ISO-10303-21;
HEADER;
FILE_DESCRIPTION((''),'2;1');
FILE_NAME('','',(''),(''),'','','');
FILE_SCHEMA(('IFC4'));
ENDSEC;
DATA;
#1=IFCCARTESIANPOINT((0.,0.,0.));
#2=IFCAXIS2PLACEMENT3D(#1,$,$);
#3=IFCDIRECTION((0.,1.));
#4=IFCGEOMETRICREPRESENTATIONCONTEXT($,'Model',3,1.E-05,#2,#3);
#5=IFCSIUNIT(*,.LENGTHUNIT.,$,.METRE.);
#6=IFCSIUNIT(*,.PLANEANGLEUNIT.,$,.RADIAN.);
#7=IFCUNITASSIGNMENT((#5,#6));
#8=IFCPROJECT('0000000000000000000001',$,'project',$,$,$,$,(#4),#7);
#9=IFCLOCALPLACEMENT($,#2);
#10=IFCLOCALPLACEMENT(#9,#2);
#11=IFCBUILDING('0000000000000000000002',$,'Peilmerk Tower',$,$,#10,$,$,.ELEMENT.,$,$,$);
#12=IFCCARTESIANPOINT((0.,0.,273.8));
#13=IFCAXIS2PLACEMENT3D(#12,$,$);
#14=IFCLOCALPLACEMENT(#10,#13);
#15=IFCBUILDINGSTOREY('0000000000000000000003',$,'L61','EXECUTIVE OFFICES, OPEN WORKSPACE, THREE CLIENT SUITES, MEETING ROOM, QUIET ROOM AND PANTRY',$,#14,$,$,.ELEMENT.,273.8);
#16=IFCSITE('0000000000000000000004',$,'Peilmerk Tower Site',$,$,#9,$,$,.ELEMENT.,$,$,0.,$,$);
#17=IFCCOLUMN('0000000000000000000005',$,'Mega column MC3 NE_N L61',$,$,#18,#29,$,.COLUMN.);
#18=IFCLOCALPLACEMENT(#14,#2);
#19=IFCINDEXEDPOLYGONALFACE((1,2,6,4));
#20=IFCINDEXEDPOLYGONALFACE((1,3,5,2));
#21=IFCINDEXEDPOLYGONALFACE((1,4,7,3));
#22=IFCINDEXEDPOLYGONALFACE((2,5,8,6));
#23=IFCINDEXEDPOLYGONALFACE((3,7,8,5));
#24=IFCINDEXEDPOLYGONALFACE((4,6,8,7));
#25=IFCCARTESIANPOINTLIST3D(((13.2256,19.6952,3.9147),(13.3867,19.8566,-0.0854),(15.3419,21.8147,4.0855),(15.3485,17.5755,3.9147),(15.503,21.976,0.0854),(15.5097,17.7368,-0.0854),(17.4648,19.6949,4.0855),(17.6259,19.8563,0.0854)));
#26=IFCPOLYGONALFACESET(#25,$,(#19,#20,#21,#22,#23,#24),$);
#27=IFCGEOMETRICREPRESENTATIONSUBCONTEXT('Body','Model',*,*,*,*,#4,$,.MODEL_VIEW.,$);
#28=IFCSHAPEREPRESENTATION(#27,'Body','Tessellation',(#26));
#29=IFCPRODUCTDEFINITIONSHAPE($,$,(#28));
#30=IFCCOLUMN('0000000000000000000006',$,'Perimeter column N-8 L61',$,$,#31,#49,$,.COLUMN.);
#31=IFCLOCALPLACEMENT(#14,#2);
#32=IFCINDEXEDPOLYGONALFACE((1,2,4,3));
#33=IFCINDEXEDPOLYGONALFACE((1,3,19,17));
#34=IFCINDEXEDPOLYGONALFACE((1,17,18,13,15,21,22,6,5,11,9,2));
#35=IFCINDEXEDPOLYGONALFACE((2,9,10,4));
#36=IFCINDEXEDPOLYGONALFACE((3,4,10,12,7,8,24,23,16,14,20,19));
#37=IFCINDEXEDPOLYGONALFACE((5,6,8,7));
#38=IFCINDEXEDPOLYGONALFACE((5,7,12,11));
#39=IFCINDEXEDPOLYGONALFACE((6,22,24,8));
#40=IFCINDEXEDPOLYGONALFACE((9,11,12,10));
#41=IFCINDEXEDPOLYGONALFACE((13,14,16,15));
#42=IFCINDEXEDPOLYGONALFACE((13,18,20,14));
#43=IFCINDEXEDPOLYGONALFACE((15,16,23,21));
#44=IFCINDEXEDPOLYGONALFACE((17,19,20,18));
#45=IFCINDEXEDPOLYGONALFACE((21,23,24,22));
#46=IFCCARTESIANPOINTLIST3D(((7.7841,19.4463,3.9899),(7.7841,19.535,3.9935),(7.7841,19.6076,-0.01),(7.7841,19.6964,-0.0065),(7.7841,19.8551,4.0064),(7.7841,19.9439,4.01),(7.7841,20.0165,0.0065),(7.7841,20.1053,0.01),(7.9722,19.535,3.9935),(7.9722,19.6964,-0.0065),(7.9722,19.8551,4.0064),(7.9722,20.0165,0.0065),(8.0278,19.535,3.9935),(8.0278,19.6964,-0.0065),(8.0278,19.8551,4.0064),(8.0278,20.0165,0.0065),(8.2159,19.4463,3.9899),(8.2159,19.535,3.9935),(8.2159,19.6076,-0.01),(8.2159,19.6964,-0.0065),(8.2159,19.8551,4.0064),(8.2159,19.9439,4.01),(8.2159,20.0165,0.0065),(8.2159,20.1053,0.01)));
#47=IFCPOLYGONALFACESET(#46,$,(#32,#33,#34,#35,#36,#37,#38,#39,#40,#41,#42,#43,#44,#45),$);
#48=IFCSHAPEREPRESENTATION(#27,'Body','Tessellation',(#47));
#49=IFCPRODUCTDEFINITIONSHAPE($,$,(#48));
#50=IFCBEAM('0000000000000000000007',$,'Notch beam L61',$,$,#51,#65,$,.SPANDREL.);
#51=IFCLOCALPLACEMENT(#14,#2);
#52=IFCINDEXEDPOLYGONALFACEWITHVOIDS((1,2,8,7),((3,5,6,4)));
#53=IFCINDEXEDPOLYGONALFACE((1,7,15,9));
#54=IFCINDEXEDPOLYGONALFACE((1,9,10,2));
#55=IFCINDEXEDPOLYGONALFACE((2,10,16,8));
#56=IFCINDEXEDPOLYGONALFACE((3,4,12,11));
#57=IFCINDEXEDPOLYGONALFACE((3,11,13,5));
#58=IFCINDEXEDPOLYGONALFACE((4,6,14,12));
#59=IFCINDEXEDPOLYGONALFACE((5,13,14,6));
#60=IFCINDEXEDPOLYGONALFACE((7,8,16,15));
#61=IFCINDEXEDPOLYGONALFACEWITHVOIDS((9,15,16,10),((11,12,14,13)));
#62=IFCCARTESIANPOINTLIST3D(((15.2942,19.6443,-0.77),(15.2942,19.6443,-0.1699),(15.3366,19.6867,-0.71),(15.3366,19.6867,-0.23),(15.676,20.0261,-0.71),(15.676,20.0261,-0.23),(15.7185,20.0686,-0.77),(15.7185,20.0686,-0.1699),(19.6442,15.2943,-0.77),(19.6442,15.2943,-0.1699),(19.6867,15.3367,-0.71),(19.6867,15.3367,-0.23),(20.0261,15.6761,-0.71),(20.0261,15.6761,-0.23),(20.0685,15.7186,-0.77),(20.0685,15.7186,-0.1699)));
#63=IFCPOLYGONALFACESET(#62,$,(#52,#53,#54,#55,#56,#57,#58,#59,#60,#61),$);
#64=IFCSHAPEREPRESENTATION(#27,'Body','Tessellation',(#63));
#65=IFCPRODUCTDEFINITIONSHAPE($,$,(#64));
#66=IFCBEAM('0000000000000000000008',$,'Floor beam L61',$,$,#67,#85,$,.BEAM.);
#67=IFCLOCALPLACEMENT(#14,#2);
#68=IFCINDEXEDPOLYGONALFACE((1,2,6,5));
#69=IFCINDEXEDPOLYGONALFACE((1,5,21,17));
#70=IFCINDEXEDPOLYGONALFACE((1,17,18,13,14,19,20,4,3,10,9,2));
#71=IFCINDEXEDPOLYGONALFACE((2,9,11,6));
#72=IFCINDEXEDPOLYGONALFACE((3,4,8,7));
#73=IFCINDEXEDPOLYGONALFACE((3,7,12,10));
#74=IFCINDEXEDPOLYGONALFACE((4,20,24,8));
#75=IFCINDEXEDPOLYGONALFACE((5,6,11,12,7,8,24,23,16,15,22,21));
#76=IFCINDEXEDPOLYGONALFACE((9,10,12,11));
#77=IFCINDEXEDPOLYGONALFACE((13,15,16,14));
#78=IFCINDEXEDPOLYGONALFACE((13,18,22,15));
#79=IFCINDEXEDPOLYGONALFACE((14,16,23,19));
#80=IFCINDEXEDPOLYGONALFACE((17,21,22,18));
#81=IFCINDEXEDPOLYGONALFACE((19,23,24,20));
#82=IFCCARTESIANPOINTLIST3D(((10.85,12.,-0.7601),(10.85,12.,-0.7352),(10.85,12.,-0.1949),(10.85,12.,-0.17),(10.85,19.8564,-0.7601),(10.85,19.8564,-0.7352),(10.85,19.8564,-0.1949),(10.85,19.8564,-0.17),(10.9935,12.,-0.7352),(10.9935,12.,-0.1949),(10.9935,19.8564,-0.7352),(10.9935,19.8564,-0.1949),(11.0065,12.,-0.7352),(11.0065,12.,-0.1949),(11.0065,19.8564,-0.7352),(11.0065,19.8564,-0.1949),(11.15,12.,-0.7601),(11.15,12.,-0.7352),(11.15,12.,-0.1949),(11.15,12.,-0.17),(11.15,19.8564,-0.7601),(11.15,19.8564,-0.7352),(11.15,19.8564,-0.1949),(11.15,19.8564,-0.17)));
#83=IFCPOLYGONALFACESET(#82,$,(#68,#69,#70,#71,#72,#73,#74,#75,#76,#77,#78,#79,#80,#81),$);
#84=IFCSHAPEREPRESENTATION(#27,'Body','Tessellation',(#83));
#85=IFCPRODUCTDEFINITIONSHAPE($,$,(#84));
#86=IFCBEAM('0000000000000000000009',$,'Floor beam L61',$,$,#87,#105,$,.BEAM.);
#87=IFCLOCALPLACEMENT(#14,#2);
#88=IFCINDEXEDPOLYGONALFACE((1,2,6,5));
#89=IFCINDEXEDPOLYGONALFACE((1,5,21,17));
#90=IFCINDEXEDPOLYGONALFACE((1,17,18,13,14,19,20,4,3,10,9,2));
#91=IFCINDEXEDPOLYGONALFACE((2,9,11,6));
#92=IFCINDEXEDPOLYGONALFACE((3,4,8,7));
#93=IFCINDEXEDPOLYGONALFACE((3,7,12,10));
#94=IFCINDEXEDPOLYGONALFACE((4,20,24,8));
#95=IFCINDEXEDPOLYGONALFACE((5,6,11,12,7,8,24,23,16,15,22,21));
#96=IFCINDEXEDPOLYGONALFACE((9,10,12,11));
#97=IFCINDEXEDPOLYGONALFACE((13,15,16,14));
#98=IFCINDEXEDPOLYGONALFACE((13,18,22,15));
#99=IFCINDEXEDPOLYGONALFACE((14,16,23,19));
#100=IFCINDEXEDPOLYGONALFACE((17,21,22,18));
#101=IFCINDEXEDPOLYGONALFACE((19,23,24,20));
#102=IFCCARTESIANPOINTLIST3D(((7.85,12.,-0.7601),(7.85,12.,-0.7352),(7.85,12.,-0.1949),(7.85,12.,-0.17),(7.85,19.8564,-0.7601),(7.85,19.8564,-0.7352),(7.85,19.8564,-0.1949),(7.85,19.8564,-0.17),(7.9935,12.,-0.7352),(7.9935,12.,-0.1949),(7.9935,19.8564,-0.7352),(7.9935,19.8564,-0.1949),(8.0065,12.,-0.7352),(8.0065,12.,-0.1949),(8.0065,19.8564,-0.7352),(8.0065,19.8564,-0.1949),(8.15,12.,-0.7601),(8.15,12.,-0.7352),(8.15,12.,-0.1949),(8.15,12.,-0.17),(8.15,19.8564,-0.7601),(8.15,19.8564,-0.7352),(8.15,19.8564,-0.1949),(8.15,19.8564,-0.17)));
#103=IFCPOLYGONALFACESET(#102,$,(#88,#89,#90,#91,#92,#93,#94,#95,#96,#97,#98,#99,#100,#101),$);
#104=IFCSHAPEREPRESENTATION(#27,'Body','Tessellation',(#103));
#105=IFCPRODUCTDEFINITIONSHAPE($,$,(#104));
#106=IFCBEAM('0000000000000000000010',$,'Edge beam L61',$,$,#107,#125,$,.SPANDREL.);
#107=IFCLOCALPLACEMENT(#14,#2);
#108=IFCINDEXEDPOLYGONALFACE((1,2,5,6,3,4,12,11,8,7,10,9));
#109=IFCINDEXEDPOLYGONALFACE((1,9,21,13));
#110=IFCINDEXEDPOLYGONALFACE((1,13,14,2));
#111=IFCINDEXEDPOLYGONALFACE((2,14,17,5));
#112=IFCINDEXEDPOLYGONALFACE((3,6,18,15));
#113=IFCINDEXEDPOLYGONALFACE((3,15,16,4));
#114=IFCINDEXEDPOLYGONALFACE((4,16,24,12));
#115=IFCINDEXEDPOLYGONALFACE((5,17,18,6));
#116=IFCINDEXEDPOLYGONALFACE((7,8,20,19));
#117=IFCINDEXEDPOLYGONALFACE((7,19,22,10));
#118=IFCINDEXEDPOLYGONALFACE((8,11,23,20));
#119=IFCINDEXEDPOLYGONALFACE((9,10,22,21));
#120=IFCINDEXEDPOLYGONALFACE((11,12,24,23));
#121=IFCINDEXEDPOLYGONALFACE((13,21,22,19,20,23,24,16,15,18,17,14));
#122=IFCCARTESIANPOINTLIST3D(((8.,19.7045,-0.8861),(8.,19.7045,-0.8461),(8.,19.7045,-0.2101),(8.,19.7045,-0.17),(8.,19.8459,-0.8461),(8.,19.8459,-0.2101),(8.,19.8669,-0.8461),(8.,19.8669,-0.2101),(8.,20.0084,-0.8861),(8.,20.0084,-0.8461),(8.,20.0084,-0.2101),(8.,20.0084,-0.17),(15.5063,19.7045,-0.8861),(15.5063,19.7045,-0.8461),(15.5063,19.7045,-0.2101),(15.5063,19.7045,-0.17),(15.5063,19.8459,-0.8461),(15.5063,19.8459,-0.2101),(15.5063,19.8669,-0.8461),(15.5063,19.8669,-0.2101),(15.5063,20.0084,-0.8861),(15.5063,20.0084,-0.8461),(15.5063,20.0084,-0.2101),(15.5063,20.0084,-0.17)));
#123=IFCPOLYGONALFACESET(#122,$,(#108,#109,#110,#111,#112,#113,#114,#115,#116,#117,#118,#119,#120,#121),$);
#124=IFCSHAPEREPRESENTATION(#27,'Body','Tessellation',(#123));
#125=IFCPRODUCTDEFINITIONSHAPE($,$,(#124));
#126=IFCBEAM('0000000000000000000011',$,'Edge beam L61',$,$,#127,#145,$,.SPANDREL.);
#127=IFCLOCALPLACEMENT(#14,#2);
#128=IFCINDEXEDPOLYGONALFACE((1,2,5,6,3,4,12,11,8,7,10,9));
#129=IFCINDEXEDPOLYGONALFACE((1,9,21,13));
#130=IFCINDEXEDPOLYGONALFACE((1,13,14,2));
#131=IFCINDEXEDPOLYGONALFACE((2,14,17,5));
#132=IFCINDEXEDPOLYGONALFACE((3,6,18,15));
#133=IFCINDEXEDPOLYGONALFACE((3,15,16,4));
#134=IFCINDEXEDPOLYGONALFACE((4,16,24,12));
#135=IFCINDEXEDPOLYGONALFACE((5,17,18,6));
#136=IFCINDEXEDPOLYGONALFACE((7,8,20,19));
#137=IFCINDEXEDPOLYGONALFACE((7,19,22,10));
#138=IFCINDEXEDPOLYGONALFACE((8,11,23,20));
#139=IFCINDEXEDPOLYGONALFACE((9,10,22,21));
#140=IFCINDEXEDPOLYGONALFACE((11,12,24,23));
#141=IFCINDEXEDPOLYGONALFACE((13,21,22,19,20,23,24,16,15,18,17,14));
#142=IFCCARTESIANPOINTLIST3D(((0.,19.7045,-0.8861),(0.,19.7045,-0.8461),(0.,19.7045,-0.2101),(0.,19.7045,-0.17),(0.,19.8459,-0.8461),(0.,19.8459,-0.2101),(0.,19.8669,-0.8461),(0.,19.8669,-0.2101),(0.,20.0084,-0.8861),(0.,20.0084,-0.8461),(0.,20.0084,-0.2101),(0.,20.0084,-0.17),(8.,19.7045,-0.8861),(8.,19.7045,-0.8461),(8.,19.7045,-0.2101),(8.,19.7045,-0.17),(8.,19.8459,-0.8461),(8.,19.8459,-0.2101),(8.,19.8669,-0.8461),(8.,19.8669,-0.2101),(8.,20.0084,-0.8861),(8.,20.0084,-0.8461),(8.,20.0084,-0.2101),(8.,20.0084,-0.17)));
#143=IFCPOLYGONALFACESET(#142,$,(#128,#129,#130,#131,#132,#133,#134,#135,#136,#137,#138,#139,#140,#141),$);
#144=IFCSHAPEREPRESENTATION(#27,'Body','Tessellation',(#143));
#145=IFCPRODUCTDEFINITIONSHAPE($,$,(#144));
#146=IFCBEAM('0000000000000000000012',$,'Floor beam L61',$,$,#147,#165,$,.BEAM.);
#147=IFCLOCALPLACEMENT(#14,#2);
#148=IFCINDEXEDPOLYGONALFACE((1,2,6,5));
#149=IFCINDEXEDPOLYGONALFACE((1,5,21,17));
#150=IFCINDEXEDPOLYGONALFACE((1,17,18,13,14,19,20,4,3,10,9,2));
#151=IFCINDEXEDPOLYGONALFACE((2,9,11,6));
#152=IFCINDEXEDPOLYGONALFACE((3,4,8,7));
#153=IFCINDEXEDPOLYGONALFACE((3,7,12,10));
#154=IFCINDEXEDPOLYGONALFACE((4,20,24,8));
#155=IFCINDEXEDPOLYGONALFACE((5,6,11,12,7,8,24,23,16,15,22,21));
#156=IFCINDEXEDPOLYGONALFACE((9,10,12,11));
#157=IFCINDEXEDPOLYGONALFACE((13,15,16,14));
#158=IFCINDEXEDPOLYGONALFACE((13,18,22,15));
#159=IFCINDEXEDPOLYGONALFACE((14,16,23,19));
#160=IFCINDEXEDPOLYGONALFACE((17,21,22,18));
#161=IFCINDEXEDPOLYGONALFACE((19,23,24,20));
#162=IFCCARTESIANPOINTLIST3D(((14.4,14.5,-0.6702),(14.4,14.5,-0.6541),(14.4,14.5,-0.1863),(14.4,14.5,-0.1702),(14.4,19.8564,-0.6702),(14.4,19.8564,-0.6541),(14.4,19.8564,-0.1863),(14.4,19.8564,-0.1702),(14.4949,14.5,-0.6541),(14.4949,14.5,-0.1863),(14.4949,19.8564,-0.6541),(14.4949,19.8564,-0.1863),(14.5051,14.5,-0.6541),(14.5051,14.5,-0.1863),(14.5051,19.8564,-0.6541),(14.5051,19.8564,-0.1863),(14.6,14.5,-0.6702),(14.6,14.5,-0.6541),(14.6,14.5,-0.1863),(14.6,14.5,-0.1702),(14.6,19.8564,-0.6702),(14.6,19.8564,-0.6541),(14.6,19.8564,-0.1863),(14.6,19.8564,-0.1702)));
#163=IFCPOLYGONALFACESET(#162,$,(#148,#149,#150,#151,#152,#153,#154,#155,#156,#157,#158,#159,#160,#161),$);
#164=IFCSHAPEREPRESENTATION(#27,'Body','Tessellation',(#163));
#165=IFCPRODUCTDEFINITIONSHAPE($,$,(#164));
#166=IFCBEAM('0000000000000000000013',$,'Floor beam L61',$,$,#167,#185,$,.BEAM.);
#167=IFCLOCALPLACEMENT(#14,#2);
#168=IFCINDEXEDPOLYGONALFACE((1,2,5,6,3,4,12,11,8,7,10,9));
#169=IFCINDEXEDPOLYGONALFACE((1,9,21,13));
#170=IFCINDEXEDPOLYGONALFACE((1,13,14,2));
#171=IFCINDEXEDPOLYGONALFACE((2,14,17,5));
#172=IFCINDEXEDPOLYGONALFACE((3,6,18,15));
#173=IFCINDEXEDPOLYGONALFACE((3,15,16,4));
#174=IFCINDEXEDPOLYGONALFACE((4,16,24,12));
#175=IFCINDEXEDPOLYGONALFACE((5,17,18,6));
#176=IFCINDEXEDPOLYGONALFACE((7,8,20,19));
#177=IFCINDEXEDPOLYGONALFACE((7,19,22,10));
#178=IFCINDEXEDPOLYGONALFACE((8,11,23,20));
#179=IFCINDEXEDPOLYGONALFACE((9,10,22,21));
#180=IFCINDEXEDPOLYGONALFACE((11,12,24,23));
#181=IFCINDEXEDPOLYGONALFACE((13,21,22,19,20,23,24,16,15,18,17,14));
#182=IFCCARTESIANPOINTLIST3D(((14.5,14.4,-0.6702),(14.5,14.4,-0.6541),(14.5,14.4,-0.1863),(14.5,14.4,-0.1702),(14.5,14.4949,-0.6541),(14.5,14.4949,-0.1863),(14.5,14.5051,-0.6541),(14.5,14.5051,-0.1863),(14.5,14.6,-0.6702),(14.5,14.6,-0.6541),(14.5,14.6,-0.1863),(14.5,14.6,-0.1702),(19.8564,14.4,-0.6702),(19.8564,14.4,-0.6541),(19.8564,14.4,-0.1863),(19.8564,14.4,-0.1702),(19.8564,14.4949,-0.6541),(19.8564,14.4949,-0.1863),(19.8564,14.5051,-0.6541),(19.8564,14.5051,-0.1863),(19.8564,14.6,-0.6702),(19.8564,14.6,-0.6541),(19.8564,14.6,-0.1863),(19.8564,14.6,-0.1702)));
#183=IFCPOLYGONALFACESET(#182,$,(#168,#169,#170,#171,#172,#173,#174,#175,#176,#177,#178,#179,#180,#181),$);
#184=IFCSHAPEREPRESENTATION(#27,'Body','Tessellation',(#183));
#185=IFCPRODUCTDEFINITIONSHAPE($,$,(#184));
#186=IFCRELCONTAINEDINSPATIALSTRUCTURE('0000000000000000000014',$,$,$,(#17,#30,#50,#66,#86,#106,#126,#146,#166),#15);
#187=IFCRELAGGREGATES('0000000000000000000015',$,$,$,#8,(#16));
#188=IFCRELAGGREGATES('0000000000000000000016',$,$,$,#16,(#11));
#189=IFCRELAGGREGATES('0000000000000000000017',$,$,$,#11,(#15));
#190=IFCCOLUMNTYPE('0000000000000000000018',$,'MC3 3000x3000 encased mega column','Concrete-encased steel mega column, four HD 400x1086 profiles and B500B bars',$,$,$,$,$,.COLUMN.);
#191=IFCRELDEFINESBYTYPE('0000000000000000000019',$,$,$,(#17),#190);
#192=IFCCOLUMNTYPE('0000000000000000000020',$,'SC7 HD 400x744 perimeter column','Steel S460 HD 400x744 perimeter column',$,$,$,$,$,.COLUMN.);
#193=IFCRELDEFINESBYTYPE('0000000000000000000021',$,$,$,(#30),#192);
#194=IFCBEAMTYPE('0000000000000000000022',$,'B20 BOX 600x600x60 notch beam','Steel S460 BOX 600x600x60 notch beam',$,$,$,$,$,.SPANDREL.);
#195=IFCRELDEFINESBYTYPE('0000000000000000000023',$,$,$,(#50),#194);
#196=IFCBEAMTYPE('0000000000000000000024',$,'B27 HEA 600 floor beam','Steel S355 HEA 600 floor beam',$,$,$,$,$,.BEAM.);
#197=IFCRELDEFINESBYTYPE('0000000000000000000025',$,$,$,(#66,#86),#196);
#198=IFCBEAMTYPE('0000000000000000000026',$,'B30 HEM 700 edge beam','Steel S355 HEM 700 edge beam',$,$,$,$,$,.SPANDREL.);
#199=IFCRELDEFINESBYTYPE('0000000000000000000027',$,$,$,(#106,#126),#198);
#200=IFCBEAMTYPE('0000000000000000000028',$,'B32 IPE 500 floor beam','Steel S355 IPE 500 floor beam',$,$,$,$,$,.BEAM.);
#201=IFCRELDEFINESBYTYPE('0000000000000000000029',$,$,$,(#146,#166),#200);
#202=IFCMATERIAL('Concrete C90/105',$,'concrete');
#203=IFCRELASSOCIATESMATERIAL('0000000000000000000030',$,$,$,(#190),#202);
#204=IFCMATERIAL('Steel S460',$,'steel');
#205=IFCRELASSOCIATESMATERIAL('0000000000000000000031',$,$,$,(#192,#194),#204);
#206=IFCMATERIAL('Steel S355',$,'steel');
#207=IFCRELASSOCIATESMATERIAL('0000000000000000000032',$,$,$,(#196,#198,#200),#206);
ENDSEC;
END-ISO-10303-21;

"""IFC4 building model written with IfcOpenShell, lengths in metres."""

from ifc_helpers import new_model, si_unit, direction, frame, origin, origin_2d, place, context, subcontext, project, spatial, rectangle, hollow_rectangle, i_section, extrude, material, material_profile, profile_set, type_object, element, save


model = new_model("IFC4")

# Units and contexts
model_context = context("Model", 3, precision=1e-05, world=origin(), true_north=direction((0.0, 1.0)))
body_context = subcontext(model_context, "Body", "Model", "MODEL_VIEW")
ifc_project = project(units=[si_unit("LENGTHUNIT", "METRE"), si_unit("PLANEANGLEUNIT", "RADIAN")], contexts=[model_context])

# Site, building, storey
site_placement = place(None, origin())
site = spatial("IfcSite", under=ifc_project, at=site_placement, Name="Peilmerk Tower Site", CompositionType="ELEMENT", RefElevation=0.0)
building_placement = place(site_placement, origin())
building = spatial("IfcBuilding", under=site, at=building_placement, Name="Peilmerk Tower", CompositionType="ELEMENT")
storey_placement = place(building_placement, frame((0.0, 0.0, 273.8)))
storey = spatial("IfcBuildingStorey", under=building, at=storey_placement, Name="L61", Description="EXECUTIVE OFFICES, OPEN WORKSPACE, THREE CLIENT SUITES, MEETING ROOM, QUIET ROOM AND PANTRY", CompositionType="ELEMENT", Elevation=273.8)

# Columns
ifc_material_1 = material(Name="Concrete C90/105", Category="concrete")
ifc_material_profile_1 = material_profile(ifc_material_1, rectangle(XDim=3.0, YDim=3.0, at=origin_2d()), Name="RC 3000x3000")
ifc_profile_set_1 = profile_set([ifc_material_profile_1], Name="Concrete C90/105")
column_type_1 = type_object("IfcColumnType", Name="MC3 3000x3000 encased mega column", Description="Concrete-encased steel mega column, four HD 400x1086 profiles and B500B bars", PredefinedType="COLUMN", material=ifc_profile_set_1)
column_1_placement = place(storey_placement, frame((15.5063, 19.8564, 0.0), z_axis=(-0.040218, -0.040279, 0.998379), x_axis=(0.707642, -0.706571, 0.0)))
element("IfcColumn", 1, at=column_1_placement, inside=storey, type_object=column_type_1, Name="Mega column MC3 NE_N L61", PredefinedType="COLUMN", context=body_context, shape_type="SweptSolid", body=[
    extrude(rectangle(XDim=3.0, YDim=3.0, at=origin_2d()), origin(), (0.0, 0.0, 1.0), 4.0066),
])
ifc_material_2 = material(Name="Steel S460", Category="steel")
ifc_material_profile_2 = material_profile(ifc_material_2, i_section(OverallWidth=0.4319, OverallDepth=0.498, WebThickness=0.0557, FlangeThickness=0.0889, at=origin_2d()), Name="HD 400x744")
ifc_profile_set_2 = profile_set([ifc_material_profile_2], Name="Steel S460")
column_type_2 = type_object("IfcColumnType", Name="SC7 HD 400x744 perimeter column", Description="Steel S460 HD 400x744 perimeter column", PredefinedType="COLUMN", material=ifc_profile_set_2)
column_2_placement = place(storey_placement, frame((8.0, 19.8564, 0.0), z_axis=(0.0, -0.040311, 0.999187), x_axis=(1.0, 0.0, 0.0)))
element("IfcColumn", 2, at=column_2_placement, inside=storey, type_object=column_type_2, Name="Perimeter column N-8 L61", PredefinedType="COLUMN", context=body_context, shape_type="SweptSolid", body=[
    extrude(i_section(OverallWidth=0.4319, OverallDepth=0.498, WebThickness=0.0557, FlangeThickness=0.0889, at=origin_2d()), origin(), (0.0, 0.0, 1.0), 4.0032),
])

# Beams
ifc_material_profile_3 = material_profile(ifc_material_2, hollow_rectangle(XDim=0.6001, YDim=0.6001, WallThickness=0.0601, at=origin_2d()), Name="BOX 600x600x60")
ifc_profile_set_3 = profile_set([ifc_material_profile_3], Name="Steel S460")
beam_type_1 = type_object("IfcBeamType", Name="B20 BOX 600x600x60 notch beam", Description="Steel S460 BOX 600x600x60 notch beam", PredefinedType="SPANDREL", material=ifc_profile_set_3)
beam_1_placement = place(storey_placement, frame((15.5063, 19.8564, -0.47), z_axis=(0.707107, -0.707107, 0.0), x_axis=(0.707107, 0.707107, 0.0)))
element("IfcBeam", 3, at=beam_1_placement, inside=storey, type_object=beam_type_1, Name="Notch beam L61", PredefinedType="SPANDREL", context=body_context, shape_type="SweptSolid", body=[
    extrude(hollow_rectangle(XDim=0.6001, YDim=0.6001, WallThickness=0.0601, at=origin_2d()), origin(), (0.0, 0.0, 1.0), 6.1519),
])
ifc_material_3 = material(Name="Steel S355", Category="steel")
ifc_material_profile_4 = material_profile(ifc_material_3, i_section(OverallWidth=0.3, OverallDepth=0.5901, WebThickness=0.0129, FlangeThickness=0.0249, at=origin_2d()), Name="HEA 600")
ifc_profile_set_4 = profile_set([ifc_material_profile_4], Name="Steel S355")
beam_type_2 = type_object("IfcBeamType", Name="B27 HEA 600 floor beam", Description="Steel S355 HEA 600 floor beam", PredefinedType="BEAM", material=ifc_profile_set_4)
for number, where, z_axis, x_axis, name in (
    (4, (11.0, 12.0, -0.4651), (0.0, 1.0, 0.0), (-1.0, 0.0, 0.0), "Floor beam L61"),
    (5, (8.0, 12.0, -0.4651), (0.0, 1.0, 0.0), (-1.0, 0.0, 0.0), "Floor beam L61"),
):
    element("IfcBeam", number, at=place(storey_placement, frame(where, z_axis=z_axis, x_axis=x_axis)), inside=storey, type_object=beam_type_2, Name=name, PredefinedType="BEAM", context=body_context, shape_type="SweptSolid", body=[
        extrude(i_section(OverallWidth=0.3, OverallDepth=0.5901, WebThickness=0.0129, FlangeThickness=0.0249, at=origin_2d()), origin(), (0.0, 0.0, 1.0), 7.8564),
    ])
ifc_material_profile_5 = material_profile(ifc_material_3, i_section(OverallWidth=0.304, OverallDepth=0.7161, WebThickness=0.021, FlangeThickness=0.04, at=origin_2d()), Name="HEM 700")
ifc_profile_set_5 = profile_set([ifc_material_profile_5], Name="Steel S355")
beam_type_3 = type_object("IfcBeamType", Name="B30 HEM 700 edge beam", Description="Steel S355 HEM 700 edge beam", PredefinedType="SPANDREL", material=ifc_profile_set_5)
beam_2_placement = place(storey_placement, frame((15.5063, 19.8564, -0.5281), z_axis=(-1.0, 0.0, 0.0), x_axis=(0.0, -1.0, 0.0)))
element("IfcBeam", 6, at=beam_2_placement, inside=storey, type_object=beam_type_3, Name="Edge beam L61", PredefinedType="SPANDREL", context=body_context, shape_type="SweptSolid", body=[
    extrude(i_section(OverallWidth=0.304, OverallDepth=0.7161, WebThickness=0.021, FlangeThickness=0.04, at=origin_2d()), origin(), (0.0, 0.0, 1.0), 7.5063),
])
beam_3_placement = place(storey_placement, frame((8.0, 19.8564, -0.5281), z_axis=(-1.0, 0.0, 0.0), x_axis=(0.0, -1.0, 0.0)))
element("IfcBeam", 7, at=beam_3_placement, inside=storey, type_object=beam_type_3, Name="Edge beam L61", PredefinedType="SPANDREL", context=body_context, shape_type="SweptSolid", body=[
    extrude(i_section(OverallWidth=0.304, OverallDepth=0.7161, WebThickness=0.021, FlangeThickness=0.04, at=origin_2d()), origin(), (0.0, 0.0, 1.0), 8.0),
])
ifc_material_profile_6 = material_profile(ifc_material_3, i_section(OverallWidth=0.2, OverallDepth=0.5, WebThickness=0.0103, FlangeThickness=0.0161, at=origin_2d()), Name="IPE 500")
ifc_profile_set_6 = profile_set([ifc_material_profile_6], Name="Steel S355")
beam_type_4 = type_object("IfcBeamType", Name="B32 IPE 500 floor beam", Description="Steel S355 IPE 500 floor beam", PredefinedType="BEAM", material=ifc_profile_set_6)
for number, where, z_axis, x_axis, name in (
    (8, (14.5, 14.5, -0.4202), (0.0, 1.0, 0.0), (-1.0, 0.0, 0.0), "Floor beam L61"),
    (9, (14.5, 14.5, -0.4202), (1.0, 0.0, 0.0), (0.0, 1.0, 0.0), "Floor beam L61"),
):
    element("IfcBeam", number, at=place(storey_placement, frame(where, z_axis=z_axis, x_axis=x_axis)), inside=storey, type_object=beam_type_4, Name=name, PredefinedType="BEAM", context=body_context, shape_type="SweptSolid", body=[
        extrude(i_section(OverallWidth=0.2, OverallDepth=0.5, WebThickness=0.0103, FlangeThickness=0.0161, at=origin_2d()), origin(), (0.0, 0.0, 1.0), 5.3564),
    ])

save(model, "model.ifc")
